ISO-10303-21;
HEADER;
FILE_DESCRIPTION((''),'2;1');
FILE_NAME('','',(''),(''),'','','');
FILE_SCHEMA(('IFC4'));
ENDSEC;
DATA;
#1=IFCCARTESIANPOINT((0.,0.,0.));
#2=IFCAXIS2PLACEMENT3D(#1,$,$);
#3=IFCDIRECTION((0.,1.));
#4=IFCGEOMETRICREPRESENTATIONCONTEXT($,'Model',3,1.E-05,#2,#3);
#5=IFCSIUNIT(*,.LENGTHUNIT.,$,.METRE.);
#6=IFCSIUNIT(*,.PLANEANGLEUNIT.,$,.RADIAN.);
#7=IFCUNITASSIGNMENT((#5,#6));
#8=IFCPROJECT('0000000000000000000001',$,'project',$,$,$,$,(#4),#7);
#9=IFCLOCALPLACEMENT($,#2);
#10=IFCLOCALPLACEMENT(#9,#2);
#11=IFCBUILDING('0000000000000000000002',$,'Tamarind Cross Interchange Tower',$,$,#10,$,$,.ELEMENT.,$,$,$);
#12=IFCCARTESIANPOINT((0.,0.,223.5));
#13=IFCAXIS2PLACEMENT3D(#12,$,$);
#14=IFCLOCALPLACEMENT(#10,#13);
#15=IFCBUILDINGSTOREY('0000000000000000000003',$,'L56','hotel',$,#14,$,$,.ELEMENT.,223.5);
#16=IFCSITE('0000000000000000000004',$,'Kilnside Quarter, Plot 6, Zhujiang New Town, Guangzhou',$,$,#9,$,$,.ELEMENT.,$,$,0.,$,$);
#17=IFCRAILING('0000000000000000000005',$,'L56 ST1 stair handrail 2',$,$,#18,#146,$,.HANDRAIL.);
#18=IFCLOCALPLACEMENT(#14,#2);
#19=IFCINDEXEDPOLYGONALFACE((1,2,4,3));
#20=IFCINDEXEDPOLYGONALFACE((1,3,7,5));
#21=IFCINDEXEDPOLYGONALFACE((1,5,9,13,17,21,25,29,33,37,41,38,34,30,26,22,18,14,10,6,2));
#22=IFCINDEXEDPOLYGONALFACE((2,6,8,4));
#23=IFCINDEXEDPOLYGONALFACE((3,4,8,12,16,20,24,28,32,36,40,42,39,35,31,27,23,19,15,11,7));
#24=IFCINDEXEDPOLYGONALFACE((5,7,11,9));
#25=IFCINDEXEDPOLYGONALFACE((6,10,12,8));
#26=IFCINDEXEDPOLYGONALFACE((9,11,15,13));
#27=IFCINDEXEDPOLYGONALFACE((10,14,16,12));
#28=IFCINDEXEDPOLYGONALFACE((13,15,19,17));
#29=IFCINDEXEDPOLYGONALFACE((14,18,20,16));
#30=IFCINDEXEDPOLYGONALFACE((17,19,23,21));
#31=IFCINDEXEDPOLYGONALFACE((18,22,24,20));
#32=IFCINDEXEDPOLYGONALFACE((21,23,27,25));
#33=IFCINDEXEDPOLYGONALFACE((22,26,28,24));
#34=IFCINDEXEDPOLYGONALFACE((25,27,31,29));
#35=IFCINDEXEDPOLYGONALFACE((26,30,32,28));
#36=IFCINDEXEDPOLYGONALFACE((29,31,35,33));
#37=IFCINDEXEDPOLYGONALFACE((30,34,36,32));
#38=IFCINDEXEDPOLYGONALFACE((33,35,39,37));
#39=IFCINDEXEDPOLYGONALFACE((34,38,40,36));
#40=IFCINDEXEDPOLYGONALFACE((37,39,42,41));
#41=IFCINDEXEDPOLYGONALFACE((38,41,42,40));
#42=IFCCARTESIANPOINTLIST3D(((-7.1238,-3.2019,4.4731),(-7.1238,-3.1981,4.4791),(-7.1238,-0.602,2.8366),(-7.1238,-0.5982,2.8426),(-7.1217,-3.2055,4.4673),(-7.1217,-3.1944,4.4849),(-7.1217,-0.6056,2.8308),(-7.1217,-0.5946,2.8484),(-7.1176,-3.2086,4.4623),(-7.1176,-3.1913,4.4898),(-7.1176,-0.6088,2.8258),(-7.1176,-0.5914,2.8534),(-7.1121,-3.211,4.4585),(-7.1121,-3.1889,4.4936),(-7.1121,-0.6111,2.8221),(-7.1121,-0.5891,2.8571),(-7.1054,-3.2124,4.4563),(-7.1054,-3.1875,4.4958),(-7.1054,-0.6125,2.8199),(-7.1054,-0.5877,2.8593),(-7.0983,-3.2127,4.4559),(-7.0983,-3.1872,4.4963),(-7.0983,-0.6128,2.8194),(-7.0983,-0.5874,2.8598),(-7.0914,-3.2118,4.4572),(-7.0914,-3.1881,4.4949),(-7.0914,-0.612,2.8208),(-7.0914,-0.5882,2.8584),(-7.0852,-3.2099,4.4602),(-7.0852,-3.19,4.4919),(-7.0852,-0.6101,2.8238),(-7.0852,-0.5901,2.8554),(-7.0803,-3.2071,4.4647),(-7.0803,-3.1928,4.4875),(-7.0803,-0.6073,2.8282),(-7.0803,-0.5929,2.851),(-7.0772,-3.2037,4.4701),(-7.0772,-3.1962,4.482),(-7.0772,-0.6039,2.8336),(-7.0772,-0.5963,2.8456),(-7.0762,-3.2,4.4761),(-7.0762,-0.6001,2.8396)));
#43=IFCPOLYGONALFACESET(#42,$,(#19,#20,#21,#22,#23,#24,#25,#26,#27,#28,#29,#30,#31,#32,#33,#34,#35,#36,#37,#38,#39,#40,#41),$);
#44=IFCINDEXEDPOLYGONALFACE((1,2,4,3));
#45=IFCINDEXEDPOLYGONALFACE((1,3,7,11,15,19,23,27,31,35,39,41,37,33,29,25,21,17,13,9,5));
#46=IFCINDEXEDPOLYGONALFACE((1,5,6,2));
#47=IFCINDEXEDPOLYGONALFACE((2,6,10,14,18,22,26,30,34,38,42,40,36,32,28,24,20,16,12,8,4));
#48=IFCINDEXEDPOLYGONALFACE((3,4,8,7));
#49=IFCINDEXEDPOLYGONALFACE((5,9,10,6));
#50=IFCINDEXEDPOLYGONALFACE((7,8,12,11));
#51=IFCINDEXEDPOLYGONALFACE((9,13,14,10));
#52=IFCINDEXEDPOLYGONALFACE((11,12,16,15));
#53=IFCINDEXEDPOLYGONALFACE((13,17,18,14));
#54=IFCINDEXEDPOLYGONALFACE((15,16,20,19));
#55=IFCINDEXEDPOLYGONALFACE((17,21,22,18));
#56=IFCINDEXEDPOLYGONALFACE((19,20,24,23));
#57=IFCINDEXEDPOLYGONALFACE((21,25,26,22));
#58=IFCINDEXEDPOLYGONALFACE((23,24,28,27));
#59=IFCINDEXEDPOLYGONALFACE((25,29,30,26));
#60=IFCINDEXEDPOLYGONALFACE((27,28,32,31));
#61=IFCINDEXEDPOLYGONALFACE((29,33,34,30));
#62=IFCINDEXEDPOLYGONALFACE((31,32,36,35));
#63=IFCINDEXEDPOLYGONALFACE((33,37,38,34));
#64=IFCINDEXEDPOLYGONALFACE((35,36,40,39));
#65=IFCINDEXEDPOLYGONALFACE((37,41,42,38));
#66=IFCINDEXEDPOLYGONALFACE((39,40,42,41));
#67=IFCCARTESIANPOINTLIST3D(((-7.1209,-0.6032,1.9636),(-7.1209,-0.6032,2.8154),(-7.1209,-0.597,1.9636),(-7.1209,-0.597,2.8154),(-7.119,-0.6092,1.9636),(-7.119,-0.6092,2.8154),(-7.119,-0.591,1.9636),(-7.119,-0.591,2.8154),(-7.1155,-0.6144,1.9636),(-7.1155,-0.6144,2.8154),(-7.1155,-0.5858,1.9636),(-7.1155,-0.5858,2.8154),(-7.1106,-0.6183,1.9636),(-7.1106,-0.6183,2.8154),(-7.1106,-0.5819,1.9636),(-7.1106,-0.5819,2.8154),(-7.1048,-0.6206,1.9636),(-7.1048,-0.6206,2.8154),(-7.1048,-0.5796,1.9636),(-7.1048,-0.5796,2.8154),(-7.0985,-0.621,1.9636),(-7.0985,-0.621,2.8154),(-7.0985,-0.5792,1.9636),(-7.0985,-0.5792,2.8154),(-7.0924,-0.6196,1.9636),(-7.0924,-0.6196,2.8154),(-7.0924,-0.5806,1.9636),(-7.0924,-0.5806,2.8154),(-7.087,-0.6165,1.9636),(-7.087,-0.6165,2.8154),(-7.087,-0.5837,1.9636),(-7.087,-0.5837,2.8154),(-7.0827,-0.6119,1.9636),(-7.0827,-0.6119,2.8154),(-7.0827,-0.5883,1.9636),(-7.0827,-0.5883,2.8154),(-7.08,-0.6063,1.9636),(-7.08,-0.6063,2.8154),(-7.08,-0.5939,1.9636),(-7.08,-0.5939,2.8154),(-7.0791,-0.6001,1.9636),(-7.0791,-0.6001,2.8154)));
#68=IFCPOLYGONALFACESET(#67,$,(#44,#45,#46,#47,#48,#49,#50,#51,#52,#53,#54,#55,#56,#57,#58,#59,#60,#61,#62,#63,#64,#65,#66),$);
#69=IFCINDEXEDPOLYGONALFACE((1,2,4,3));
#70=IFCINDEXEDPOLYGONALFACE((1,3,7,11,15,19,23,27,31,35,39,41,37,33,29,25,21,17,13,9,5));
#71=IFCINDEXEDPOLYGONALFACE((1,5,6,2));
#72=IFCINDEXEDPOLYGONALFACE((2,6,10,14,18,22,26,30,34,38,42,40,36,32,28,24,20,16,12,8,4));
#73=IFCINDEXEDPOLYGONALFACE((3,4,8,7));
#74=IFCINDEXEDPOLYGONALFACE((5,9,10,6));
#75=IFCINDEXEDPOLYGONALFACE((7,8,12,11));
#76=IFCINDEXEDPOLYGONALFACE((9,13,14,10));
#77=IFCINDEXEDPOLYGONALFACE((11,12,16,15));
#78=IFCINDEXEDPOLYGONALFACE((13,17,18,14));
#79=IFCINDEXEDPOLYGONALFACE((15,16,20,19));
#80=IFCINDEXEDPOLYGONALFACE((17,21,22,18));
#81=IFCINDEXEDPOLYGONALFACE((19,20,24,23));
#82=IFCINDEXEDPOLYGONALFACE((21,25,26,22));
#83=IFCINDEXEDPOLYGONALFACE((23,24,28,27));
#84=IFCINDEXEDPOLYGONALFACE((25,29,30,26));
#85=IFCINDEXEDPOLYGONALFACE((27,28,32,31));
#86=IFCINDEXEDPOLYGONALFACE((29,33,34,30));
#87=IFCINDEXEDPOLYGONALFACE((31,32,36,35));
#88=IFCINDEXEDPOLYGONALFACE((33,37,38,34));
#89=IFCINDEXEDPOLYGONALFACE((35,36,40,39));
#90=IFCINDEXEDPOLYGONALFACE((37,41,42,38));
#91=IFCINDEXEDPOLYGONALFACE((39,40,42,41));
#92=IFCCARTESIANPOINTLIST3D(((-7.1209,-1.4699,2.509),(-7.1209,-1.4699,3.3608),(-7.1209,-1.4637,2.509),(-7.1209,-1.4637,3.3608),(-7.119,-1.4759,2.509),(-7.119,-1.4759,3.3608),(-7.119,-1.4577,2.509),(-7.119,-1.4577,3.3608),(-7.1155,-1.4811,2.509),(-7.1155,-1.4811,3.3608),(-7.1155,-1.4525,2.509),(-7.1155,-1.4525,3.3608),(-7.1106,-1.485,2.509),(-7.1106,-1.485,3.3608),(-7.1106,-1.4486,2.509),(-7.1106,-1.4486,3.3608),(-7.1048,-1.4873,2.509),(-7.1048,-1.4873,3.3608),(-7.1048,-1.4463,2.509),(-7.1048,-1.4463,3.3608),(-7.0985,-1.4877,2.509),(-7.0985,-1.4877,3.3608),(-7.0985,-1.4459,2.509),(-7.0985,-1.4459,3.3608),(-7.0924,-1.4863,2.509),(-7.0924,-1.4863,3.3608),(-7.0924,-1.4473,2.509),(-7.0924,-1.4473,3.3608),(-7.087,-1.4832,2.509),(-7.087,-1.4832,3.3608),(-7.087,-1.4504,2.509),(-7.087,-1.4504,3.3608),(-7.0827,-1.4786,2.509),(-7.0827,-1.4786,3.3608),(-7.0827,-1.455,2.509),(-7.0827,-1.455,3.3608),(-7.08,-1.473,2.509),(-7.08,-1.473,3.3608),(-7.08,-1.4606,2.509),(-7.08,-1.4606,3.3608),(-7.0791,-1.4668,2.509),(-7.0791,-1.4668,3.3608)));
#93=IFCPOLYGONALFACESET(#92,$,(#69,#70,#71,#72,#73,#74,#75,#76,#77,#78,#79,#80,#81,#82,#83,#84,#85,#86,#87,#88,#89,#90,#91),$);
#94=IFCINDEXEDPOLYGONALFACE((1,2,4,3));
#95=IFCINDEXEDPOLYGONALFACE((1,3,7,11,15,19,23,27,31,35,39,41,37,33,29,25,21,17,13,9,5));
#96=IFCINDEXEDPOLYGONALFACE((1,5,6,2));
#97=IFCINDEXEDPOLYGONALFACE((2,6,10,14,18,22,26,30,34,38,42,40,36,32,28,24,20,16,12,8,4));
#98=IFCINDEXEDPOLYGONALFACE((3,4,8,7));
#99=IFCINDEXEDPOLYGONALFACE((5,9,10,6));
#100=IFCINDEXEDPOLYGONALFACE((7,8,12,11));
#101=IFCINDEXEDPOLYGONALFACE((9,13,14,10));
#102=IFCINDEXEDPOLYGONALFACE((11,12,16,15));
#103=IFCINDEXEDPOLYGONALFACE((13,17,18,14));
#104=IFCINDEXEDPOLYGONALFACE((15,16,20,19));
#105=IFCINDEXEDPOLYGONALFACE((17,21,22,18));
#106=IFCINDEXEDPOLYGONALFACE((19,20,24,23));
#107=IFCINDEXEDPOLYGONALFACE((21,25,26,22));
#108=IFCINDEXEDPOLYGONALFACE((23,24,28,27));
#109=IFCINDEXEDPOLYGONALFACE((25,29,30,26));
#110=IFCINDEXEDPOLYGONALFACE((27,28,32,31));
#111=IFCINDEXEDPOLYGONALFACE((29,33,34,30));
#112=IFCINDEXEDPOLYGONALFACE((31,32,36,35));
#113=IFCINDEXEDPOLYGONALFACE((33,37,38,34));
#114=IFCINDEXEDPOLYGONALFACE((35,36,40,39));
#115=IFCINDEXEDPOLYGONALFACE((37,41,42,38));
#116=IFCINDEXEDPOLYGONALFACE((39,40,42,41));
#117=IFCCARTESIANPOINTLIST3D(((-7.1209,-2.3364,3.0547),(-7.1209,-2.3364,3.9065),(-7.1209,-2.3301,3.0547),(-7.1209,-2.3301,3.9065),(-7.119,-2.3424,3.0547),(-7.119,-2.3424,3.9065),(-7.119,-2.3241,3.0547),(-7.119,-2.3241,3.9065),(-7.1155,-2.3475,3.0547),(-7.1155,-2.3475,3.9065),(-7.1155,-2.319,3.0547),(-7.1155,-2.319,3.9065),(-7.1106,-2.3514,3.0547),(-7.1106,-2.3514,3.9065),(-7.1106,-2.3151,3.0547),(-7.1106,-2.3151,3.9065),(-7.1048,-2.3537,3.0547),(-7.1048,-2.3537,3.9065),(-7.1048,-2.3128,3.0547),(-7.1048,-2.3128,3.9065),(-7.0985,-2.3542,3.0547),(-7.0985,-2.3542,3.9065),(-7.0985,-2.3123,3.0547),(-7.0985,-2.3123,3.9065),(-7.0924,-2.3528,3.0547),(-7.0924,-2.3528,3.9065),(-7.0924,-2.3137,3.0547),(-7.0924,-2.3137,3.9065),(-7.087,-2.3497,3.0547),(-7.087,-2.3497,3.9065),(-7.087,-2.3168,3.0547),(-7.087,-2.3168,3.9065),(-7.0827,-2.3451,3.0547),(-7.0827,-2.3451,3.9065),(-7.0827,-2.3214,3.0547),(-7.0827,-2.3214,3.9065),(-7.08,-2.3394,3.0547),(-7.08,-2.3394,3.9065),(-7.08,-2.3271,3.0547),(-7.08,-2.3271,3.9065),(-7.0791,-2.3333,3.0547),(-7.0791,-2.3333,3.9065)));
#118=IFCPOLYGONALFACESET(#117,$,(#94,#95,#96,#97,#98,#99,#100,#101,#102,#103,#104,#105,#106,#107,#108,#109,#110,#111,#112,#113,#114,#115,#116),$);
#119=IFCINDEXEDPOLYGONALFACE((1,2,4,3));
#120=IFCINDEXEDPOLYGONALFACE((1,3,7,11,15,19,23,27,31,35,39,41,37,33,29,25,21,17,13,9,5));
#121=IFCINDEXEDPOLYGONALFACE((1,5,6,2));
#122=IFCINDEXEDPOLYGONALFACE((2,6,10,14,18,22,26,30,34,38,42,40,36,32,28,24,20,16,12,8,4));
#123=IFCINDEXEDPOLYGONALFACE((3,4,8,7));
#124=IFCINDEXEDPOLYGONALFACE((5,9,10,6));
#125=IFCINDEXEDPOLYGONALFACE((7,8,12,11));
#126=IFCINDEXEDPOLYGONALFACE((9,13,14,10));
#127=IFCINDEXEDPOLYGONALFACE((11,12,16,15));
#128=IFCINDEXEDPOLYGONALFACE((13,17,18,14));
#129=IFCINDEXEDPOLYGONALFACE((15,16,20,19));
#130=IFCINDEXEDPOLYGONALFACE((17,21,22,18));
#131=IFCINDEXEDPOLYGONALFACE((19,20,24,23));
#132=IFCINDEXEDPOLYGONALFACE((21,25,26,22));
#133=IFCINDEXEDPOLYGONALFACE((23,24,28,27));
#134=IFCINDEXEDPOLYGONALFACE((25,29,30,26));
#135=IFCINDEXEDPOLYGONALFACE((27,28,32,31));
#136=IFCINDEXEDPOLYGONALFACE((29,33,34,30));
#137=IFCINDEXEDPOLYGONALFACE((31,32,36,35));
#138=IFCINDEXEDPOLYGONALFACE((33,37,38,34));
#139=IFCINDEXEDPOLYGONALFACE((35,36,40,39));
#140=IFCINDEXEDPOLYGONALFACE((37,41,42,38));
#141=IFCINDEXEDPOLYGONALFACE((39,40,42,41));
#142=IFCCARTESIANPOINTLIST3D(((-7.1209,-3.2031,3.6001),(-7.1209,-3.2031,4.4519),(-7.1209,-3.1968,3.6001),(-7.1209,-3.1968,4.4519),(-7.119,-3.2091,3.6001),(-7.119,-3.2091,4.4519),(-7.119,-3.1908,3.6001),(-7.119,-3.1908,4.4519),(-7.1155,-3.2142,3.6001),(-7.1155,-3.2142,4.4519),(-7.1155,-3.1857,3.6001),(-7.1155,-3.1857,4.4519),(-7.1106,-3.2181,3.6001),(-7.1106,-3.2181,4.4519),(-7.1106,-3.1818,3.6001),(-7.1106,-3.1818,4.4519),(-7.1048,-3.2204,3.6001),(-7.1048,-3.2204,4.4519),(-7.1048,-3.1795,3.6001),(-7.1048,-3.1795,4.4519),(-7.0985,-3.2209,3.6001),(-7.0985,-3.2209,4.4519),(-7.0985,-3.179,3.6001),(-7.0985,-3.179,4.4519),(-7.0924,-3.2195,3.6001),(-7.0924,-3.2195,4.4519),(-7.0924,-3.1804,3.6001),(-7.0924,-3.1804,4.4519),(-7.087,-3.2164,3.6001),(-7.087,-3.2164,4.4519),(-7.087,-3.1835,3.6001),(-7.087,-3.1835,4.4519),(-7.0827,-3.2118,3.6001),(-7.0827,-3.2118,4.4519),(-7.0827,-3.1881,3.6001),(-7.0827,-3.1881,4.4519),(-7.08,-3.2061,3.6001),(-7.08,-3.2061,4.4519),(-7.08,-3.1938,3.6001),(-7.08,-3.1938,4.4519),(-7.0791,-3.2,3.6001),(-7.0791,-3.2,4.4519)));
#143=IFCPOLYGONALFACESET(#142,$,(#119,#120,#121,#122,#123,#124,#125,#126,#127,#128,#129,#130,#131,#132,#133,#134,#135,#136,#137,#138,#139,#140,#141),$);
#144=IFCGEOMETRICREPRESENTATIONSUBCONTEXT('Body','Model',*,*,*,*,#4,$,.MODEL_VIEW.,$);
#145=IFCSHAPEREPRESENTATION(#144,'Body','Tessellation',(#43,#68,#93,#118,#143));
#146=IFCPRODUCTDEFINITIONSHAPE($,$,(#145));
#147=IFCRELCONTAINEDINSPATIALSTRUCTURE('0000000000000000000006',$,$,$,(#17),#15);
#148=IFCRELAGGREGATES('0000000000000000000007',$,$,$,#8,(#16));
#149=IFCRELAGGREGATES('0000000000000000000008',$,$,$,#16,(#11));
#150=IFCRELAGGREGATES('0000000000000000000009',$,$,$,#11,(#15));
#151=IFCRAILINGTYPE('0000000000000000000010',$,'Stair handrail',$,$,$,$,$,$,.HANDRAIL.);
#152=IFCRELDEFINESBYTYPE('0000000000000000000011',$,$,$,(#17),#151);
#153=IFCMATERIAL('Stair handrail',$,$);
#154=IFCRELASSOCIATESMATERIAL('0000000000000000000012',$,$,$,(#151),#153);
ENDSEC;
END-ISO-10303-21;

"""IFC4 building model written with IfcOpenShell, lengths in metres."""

from ifc_helpers import new_model, si_unit, direction, frame, origin, origin_2d, place, context, subcontext, project, spatial, circle, extrude, material, type_object, element, save


model = new_model("IFC4")

# Units and contexts
model_context = context("Model", 3, precision=1e-05, world=origin(), true_north=direction((0.0, 1.0)))
body_context = subcontext(model_context, "Body", "Model", "MODEL_VIEW")
ifc_project = project(units=[si_unit("LENGTHUNIT", "METRE"), si_unit("PLANEANGLEUNIT", "RADIAN")], contexts=[model_context])

# Site, building, storey
site_placement = place(None, origin())
site = spatial("IfcSite", under=ifc_project, at=site_placement, Name="Kilnside Quarter, Plot 6, Zhujiang New Town, Guangzhou", CompositionType="ELEMENT", RefElevation=0.0)
building_placement = place(site_placement, origin())
building = spatial("IfcBuilding", under=site, at=building_placement, Name="Tamarind Cross Interchange Tower", CompositionType="ELEMENT")
storey_placement = place(building_placement, frame((0.0, 0.0, 223.5)))
storey = spatial("IfcBuildingStorey", under=building, at=storey_placement, Name="L56", Description="hotel", CompositionType="ELEMENT", Elevation=223.5)

# Railing
ifc_material_1 = material(Name="Stair handrail")
railing_type = type_object("IfcRailingType", Name="Stair handrail", PredefinedType="HANDRAIL", material=ifc_material_1)
railing_placement = place(storey_placement, frame((-7.1001, -0.6001, 1.9636)))
element("IfcRailing", 1, at=railing_placement, inside=storey, type_object=railing_type, Name="L56 ST1 stair handrail 2", PredefinedType="HANDRAIL", context=body_context, shape_type="SweptSolid", body=[
    extrude(circle(Radius=0.0239, at=origin_2d()), frame((0.0, 0.0, 0.876), z_axis=(0.0, -0.846302, 0.532704), x_axis=(1.0, 0.0, 0.0)), (0.0, 0.0, 1.0), 3.072),
    extrude(circle(Radius=0.021, at=origin_2d()), origin(), (0.0, 0.0, 1.0), 0.8518),
    extrude(circle(Radius=0.021, at=origin_2d()), frame((0.0, -0.8667, 0.5454)), (0.0, 0.0, 1.0), 0.8518),
    extrude(circle(Radius=0.021, at=origin_2d()), frame((0.0, -1.7332, 1.0911)), (0.0, 0.0, 1.0), 0.8518),
    extrude(circle(Radius=0.021, at=origin_2d()), frame((0.0, -2.5999, 1.6365)), (0.0, 0.0, 1.0), 0.8518),
])

save(model, "model.ifc")
